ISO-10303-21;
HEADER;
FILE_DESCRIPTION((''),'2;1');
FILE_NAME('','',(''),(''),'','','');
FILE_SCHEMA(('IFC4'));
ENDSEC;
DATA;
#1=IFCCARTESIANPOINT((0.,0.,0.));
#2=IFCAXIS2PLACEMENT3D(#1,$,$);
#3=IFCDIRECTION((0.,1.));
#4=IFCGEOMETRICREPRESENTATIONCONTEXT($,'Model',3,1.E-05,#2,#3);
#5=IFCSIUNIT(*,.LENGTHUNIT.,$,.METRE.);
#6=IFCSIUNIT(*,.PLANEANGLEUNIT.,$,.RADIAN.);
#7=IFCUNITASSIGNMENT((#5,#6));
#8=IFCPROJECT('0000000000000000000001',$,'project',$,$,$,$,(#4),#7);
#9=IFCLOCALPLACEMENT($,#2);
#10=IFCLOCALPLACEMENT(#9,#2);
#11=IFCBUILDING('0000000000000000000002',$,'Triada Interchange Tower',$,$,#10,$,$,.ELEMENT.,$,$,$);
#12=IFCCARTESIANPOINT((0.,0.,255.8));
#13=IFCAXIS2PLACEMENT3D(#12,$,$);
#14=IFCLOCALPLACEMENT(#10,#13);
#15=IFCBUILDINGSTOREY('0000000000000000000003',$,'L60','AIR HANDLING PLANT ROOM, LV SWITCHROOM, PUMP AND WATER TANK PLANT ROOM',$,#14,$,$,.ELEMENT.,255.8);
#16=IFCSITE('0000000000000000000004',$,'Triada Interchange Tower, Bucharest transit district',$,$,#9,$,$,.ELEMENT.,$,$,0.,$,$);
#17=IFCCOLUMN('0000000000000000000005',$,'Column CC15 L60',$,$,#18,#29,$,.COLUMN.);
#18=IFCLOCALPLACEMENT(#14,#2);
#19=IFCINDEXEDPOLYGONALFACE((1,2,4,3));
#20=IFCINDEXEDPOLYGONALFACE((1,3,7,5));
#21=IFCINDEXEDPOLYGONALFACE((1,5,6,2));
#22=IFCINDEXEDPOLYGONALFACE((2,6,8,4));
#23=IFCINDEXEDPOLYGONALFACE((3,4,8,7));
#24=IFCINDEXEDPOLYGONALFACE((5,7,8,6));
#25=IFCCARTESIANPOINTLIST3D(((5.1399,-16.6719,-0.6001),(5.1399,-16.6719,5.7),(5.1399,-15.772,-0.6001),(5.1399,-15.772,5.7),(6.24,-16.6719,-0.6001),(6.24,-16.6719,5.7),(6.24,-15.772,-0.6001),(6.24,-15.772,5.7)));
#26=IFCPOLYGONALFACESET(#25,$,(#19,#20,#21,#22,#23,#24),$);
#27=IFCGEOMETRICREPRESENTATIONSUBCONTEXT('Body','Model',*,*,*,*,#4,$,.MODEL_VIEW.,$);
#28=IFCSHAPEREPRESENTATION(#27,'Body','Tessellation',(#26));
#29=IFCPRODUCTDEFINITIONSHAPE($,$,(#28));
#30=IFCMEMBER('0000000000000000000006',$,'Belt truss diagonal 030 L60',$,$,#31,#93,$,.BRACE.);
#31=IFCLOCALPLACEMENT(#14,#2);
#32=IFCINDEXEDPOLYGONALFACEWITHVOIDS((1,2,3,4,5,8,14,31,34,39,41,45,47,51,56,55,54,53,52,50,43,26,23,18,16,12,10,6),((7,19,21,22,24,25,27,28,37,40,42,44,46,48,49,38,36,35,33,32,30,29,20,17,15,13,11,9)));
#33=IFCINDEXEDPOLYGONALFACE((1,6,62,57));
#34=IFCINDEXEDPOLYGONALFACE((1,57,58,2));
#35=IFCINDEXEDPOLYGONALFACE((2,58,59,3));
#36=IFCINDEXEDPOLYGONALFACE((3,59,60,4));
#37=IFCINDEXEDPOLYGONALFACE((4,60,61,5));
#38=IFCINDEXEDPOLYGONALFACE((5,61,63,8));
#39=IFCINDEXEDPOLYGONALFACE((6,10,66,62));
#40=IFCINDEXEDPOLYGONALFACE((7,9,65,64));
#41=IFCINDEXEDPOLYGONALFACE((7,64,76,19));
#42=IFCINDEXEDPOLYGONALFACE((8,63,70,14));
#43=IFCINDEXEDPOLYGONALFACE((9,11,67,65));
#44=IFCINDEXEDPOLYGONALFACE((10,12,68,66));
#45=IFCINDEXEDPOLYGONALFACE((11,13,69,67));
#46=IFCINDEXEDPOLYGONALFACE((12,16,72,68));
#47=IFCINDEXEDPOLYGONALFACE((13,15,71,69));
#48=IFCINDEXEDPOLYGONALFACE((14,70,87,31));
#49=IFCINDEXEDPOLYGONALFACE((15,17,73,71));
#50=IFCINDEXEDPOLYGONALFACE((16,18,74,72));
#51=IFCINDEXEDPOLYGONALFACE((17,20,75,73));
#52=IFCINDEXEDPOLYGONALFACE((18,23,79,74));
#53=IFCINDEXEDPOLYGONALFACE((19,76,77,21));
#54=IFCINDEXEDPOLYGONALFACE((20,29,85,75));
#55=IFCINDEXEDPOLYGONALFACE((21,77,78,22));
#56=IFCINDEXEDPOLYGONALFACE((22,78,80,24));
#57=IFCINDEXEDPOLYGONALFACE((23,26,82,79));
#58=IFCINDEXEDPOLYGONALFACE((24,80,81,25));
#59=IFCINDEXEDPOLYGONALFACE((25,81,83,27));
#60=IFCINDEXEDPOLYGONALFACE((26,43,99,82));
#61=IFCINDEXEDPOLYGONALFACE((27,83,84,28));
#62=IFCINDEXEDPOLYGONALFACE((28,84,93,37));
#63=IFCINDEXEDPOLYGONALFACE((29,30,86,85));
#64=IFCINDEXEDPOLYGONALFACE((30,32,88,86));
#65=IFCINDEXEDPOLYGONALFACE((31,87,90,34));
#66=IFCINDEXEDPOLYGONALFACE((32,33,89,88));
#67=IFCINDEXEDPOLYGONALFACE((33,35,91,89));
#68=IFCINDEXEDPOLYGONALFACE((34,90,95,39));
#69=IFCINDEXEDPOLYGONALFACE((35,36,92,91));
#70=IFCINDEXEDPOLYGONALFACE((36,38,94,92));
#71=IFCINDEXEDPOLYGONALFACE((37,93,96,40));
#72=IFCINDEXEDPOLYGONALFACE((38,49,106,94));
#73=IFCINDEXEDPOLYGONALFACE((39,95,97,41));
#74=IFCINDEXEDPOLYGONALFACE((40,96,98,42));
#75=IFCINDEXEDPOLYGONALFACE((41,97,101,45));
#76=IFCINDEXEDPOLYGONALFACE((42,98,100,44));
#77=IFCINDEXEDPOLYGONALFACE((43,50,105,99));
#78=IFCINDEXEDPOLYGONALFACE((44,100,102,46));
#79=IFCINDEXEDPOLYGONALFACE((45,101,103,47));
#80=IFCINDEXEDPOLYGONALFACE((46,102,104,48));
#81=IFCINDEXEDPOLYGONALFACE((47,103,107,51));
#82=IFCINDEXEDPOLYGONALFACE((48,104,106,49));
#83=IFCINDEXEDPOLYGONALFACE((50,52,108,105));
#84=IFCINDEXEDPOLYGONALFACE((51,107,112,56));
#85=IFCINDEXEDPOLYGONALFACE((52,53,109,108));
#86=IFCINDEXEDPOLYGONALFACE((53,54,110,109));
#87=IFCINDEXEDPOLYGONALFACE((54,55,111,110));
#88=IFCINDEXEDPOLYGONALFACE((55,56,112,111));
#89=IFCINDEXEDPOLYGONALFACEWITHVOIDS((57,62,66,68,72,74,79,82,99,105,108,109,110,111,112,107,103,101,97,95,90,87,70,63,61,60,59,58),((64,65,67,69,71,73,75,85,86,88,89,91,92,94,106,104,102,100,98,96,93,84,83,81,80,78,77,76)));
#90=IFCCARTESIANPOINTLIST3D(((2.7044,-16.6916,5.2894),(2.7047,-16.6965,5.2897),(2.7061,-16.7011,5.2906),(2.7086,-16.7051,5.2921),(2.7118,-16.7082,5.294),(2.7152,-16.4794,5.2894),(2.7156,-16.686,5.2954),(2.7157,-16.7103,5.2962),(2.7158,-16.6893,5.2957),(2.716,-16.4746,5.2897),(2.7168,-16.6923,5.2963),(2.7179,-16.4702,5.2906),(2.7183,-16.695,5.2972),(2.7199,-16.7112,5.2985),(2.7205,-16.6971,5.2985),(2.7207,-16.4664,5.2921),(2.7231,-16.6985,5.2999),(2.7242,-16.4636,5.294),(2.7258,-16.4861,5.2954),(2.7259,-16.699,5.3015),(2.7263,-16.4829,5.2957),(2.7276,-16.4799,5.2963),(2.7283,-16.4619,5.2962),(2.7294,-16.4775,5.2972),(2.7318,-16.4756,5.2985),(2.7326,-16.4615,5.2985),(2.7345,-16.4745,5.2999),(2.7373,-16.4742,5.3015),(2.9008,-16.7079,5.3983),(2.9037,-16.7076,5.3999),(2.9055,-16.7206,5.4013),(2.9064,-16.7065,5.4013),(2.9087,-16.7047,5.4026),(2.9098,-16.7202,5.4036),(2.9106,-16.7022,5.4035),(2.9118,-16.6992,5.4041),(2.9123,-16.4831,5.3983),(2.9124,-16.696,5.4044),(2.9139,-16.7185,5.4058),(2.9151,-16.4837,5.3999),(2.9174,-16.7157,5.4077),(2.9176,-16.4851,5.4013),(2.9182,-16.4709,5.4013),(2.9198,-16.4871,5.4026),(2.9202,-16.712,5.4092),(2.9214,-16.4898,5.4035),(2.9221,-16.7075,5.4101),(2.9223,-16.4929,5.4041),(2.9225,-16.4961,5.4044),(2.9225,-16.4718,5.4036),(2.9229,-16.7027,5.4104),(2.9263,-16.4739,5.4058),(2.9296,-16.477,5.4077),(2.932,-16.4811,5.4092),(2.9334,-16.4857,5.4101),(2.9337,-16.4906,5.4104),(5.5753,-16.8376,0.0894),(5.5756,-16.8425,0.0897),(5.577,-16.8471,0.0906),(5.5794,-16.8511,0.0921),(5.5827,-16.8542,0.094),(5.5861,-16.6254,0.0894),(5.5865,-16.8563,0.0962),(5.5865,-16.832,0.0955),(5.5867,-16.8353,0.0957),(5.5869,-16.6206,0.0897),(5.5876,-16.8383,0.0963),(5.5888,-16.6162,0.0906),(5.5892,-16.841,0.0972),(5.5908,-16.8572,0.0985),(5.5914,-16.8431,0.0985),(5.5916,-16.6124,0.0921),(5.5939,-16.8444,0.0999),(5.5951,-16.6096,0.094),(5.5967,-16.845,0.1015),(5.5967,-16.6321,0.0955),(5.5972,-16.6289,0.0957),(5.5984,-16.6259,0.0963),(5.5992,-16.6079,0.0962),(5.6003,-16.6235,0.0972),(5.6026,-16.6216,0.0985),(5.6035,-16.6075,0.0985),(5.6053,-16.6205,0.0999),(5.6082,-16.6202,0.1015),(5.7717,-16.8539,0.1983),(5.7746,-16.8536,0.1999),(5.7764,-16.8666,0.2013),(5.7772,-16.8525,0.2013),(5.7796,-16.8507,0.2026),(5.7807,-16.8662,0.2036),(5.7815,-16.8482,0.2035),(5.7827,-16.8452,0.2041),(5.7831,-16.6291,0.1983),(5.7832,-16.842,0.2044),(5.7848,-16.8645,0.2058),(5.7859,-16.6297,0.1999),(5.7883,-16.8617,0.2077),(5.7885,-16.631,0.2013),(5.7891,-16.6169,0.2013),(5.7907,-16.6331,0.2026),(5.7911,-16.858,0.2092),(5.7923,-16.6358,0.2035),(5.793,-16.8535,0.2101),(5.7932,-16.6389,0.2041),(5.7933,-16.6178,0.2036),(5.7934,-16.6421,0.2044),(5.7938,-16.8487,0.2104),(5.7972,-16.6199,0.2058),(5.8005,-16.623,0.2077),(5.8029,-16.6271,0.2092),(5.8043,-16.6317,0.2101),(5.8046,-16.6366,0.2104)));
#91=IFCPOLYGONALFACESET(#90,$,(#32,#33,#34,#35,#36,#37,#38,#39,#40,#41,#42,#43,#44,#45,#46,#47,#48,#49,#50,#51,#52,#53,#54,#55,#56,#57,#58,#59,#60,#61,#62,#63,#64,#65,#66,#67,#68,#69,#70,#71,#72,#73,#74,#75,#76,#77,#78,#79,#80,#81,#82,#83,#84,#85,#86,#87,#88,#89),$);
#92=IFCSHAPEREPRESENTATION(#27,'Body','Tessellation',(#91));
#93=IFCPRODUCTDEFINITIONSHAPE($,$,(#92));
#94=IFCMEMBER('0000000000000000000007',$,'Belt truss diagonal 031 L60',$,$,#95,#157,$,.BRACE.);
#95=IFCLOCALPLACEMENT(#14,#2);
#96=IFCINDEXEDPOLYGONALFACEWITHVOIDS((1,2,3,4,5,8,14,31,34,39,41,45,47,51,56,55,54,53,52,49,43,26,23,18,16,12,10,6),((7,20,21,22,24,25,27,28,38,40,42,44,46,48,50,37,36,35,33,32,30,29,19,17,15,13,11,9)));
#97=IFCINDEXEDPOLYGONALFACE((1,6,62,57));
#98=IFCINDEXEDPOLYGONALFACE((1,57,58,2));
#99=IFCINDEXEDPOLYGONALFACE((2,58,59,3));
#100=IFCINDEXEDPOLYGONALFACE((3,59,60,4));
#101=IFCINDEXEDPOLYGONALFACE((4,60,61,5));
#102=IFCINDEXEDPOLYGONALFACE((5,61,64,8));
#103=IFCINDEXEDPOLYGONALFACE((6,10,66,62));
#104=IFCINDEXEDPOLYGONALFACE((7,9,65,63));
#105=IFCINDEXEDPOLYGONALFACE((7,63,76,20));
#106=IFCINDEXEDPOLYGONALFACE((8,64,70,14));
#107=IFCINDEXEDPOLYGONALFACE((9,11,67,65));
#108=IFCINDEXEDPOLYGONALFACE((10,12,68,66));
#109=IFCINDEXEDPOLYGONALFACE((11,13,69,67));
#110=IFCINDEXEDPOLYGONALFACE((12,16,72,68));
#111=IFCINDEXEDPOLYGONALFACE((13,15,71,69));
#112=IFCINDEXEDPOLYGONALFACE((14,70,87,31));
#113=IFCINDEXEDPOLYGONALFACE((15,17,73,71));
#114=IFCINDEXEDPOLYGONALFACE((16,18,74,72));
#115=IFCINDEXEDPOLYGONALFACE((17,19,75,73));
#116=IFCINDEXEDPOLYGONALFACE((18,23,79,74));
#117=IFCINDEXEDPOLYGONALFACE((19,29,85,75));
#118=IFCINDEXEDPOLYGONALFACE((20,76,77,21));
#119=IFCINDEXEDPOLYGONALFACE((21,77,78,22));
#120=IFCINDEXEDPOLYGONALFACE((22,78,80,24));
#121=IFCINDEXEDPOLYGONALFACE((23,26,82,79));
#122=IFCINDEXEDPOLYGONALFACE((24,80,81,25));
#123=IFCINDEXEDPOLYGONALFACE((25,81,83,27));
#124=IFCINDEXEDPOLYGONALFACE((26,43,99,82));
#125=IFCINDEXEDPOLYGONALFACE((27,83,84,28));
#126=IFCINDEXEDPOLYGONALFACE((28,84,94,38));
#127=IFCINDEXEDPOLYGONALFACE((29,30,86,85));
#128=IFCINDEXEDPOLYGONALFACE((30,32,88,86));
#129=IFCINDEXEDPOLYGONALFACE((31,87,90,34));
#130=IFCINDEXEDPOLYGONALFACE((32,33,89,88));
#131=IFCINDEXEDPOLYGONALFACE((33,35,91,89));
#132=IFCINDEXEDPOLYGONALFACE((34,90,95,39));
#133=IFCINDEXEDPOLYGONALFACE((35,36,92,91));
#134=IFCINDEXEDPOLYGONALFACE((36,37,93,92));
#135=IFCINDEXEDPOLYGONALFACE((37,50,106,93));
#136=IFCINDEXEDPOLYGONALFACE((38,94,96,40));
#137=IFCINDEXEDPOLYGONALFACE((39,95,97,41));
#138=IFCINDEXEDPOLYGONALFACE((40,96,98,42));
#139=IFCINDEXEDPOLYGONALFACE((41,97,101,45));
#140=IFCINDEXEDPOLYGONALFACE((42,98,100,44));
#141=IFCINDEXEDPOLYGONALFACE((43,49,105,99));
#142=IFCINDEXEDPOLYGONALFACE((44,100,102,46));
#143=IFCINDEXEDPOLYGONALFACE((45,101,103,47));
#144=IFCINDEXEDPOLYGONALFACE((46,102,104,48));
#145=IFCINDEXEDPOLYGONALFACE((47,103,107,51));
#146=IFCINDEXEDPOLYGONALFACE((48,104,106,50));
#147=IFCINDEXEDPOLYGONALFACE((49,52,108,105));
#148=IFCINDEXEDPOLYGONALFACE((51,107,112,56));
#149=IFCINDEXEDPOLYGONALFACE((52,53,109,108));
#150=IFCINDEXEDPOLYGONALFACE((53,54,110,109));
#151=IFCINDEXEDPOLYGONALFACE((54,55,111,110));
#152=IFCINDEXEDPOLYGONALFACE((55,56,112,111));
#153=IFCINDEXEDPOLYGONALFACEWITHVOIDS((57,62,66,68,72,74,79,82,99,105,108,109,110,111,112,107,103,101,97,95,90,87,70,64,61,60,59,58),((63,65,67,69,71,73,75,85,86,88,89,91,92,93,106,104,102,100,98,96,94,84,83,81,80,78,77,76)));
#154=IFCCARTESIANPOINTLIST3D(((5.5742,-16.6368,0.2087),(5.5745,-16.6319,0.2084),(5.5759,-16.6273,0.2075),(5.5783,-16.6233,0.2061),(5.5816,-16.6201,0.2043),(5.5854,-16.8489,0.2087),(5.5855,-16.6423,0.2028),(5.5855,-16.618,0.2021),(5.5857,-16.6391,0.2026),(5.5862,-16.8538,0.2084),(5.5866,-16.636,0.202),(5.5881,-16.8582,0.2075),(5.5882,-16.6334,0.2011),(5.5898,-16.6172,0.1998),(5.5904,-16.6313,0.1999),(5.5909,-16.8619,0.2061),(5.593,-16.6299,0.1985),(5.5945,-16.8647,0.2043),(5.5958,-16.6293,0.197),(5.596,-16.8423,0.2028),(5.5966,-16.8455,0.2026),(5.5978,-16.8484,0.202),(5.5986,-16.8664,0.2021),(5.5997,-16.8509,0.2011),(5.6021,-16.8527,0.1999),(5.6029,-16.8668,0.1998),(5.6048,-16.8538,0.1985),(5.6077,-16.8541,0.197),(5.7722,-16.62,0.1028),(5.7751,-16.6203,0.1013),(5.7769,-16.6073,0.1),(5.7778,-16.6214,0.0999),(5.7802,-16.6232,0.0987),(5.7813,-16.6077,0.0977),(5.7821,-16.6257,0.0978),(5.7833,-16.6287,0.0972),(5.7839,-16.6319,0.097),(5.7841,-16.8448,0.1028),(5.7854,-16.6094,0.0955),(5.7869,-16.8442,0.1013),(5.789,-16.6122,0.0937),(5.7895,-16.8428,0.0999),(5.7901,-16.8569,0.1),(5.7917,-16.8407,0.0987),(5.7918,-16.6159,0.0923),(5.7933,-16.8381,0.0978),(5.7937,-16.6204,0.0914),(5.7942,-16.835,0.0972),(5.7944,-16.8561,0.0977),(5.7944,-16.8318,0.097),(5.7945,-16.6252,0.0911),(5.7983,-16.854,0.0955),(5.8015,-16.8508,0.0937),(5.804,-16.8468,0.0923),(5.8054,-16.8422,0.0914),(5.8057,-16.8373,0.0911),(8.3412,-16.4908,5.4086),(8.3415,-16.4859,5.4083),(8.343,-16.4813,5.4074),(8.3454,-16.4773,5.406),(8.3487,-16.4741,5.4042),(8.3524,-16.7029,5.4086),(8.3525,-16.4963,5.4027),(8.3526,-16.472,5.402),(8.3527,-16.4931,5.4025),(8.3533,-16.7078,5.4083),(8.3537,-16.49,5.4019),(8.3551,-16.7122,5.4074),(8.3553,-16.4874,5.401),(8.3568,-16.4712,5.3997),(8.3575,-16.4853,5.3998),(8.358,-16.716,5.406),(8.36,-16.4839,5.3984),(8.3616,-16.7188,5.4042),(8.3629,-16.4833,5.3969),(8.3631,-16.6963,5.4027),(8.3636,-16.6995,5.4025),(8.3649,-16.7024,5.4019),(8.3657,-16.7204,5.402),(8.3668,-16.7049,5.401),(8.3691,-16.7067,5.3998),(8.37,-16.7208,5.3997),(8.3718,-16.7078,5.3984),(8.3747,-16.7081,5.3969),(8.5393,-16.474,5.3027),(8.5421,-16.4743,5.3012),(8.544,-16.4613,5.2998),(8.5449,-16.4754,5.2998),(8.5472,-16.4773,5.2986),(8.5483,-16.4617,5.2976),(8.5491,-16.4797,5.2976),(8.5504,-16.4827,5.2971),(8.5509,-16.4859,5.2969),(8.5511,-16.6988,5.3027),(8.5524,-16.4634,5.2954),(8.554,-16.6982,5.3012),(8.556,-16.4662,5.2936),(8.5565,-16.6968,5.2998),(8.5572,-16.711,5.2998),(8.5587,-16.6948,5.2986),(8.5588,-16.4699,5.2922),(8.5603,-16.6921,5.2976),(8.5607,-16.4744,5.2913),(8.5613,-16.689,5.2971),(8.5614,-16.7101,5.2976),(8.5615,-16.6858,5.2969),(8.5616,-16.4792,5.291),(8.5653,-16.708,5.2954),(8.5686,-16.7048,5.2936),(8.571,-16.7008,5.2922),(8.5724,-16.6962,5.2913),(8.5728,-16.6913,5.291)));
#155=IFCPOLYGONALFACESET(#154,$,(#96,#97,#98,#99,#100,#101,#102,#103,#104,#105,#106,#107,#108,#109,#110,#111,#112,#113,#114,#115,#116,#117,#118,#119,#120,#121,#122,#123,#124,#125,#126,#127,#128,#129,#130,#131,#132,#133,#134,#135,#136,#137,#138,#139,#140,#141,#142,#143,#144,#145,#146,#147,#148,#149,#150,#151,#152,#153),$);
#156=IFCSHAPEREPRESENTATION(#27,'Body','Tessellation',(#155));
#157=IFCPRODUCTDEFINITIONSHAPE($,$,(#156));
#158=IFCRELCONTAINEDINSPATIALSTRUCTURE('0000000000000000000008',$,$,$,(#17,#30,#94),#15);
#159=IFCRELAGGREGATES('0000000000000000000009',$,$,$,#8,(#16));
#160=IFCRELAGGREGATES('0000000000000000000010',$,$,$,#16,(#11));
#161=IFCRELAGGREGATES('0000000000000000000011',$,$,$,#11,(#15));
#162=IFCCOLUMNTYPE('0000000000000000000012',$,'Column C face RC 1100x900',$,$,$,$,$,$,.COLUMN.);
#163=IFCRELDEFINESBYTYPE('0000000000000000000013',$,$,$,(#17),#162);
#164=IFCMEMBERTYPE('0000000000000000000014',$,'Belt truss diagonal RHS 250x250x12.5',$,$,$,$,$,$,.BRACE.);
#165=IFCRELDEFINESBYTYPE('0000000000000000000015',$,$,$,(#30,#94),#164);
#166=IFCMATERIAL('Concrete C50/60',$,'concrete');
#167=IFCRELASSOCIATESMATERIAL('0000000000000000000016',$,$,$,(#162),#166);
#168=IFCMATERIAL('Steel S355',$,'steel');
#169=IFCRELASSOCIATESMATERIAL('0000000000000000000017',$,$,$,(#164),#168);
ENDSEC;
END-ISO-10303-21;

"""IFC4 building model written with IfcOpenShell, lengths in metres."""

from ifc_helpers import new_model, si_unit, direction, frame, origin, origin_2d, place, context, subcontext, project, spatial, rectangle, hollow_rectangle, extrude, material, material_profile, profile_set, type_object, element, save


model = new_model("IFC4")

# Units and contexts
model_context = context("Model", 3, precision=1e-05, world=origin(), true_north=direction((0.0, 1.0)))
body_context = subcontext(model_context, "Body", "Model", "MODEL_VIEW")
ifc_project = project(units=[si_unit("LENGTHUNIT", "METRE"), si_unit("PLANEANGLEUNIT", "RADIAN")], contexts=[model_context])

# Site, building, storey
site_placement = place(None, origin())
site = spatial("IfcSite", under=ifc_project, at=site_placement, Name="Triada Interchange Tower, Bucharest transit district", CompositionType="ELEMENT", RefElevation=0.0)
building_placement = place(site_placement, origin())
building = spatial("IfcBuilding", under=site, at=building_placement, Name="Triada Interchange Tower", CompositionType="ELEMENT")
storey_placement = place(building_placement, frame((0.0, 0.0, 255.8)))
storey = spatial("IfcBuildingStorey", under=building, at=storey_placement, Name="L60", Description="AIR HANDLING PLANT ROOM, LV SWITCHROOM, PUMP AND WATER TANK PLANT ROOM", CompositionType="ELEMENT", Elevation=255.8)

# Column
ifc_material_1 = material(Name="Concrete C50/60", Category="concrete")
ifc_material_profile_1 = material_profile(ifc_material_1, rectangle(XDim=1.1001, YDim=0.8999, at=origin_2d()), Name="RC 1100x900")
ifc_profile_set_1 = profile_set([ifc_material_profile_1], Name="Concrete C50/60")
column_type = type_object("IfcColumnType", Name="Column C face RC 1100x900", PredefinedType="COLUMN", material=ifc_profile_set_1)
column_placement = place(storey_placement, frame((5.6899, -16.2219, -0.6001), z_axis=(0.0, 0.0, 1.0), x_axis=(1.0, 0.0, 0.0)))
element("IfcColumn", 1, at=column_placement, inside=storey, type_object=column_type, Name="Column CC15 L60", PredefinedType="COLUMN", context=body_context, shape_type="SweptSolid", body=[
    extrude(rectangle(XDim=1.1001, YDim=0.8999, at=origin_2d()), origin(), (0.0, 0.0, 1.0), 6.3),
])

# Members
ifc_material_2 = material(Name="Steel S355", Category="steel")
ifc_material_profile_2 = material_profile(ifc_material_2, hollow_rectangle(XDim=0.25, YDim=0.25, WallThickness=0.0125, InnerFilletRadius=0.0125, OuterFilletRadius=0.0188, at=origin_2d()), Name="RHS 250x250x12.5")
ifc_profile_set_2 = profile_set([ifc_material_profile_2], Name="Steel S355")
member_type_1 = type_object("IfcMemberType", Name="Belt truss diagonal RHS 250x250x12.5", PredefinedType="BRACE", material=ifc_profile_set_2)
member_1_placement = place(storey_placement, frame((5.6899, -16.7371, 0.1499), z_axis=(-0.483178, 0.024572, 0.875177), x_axis=(-0.050789, -0.998709, 0.0)))
element("IfcMember", 2, at=member_1_placement, inside=storey, type_object=member_type_1, Name="Belt truss diagonal 030 L60", PredefinedType="BRACE", context=body_context, shape_type="SweptSolid", body=[
    extrude(hollow_rectangle(XDim=0.25, YDim=0.25, WallThickness=0.0125, InnerFilletRadius=0.0125, OuterFilletRadius=0.0188, at=origin_2d()), origin(), (0.0, 0.0, 1.0), 5.9417),
])
member_2_placement = place(storey_placement, frame((5.6899, -16.7371, 0.1499), z_axis=(0.469622, 0.024778, 0.88252), x_axis=(-0.052688, 0.998611, 0.0)))
element("IfcMember", 3, at=member_2_placement, inside=storey, type_object=member_type_1, Name="Belt truss diagonal 031 L60", PredefinedType="BRACE", context=body_context, shape_type="SweptSolid", body=[
    extrude(hollow_rectangle(XDim=0.25, YDim=0.25, WallThickness=0.0125, InnerFilletRadius=0.0125, OuterFilletRadius=0.0188, at=origin_2d()), origin(), (0.0, 0.0, 1.0), 5.8921),
])

save(model, "model.ifc")
